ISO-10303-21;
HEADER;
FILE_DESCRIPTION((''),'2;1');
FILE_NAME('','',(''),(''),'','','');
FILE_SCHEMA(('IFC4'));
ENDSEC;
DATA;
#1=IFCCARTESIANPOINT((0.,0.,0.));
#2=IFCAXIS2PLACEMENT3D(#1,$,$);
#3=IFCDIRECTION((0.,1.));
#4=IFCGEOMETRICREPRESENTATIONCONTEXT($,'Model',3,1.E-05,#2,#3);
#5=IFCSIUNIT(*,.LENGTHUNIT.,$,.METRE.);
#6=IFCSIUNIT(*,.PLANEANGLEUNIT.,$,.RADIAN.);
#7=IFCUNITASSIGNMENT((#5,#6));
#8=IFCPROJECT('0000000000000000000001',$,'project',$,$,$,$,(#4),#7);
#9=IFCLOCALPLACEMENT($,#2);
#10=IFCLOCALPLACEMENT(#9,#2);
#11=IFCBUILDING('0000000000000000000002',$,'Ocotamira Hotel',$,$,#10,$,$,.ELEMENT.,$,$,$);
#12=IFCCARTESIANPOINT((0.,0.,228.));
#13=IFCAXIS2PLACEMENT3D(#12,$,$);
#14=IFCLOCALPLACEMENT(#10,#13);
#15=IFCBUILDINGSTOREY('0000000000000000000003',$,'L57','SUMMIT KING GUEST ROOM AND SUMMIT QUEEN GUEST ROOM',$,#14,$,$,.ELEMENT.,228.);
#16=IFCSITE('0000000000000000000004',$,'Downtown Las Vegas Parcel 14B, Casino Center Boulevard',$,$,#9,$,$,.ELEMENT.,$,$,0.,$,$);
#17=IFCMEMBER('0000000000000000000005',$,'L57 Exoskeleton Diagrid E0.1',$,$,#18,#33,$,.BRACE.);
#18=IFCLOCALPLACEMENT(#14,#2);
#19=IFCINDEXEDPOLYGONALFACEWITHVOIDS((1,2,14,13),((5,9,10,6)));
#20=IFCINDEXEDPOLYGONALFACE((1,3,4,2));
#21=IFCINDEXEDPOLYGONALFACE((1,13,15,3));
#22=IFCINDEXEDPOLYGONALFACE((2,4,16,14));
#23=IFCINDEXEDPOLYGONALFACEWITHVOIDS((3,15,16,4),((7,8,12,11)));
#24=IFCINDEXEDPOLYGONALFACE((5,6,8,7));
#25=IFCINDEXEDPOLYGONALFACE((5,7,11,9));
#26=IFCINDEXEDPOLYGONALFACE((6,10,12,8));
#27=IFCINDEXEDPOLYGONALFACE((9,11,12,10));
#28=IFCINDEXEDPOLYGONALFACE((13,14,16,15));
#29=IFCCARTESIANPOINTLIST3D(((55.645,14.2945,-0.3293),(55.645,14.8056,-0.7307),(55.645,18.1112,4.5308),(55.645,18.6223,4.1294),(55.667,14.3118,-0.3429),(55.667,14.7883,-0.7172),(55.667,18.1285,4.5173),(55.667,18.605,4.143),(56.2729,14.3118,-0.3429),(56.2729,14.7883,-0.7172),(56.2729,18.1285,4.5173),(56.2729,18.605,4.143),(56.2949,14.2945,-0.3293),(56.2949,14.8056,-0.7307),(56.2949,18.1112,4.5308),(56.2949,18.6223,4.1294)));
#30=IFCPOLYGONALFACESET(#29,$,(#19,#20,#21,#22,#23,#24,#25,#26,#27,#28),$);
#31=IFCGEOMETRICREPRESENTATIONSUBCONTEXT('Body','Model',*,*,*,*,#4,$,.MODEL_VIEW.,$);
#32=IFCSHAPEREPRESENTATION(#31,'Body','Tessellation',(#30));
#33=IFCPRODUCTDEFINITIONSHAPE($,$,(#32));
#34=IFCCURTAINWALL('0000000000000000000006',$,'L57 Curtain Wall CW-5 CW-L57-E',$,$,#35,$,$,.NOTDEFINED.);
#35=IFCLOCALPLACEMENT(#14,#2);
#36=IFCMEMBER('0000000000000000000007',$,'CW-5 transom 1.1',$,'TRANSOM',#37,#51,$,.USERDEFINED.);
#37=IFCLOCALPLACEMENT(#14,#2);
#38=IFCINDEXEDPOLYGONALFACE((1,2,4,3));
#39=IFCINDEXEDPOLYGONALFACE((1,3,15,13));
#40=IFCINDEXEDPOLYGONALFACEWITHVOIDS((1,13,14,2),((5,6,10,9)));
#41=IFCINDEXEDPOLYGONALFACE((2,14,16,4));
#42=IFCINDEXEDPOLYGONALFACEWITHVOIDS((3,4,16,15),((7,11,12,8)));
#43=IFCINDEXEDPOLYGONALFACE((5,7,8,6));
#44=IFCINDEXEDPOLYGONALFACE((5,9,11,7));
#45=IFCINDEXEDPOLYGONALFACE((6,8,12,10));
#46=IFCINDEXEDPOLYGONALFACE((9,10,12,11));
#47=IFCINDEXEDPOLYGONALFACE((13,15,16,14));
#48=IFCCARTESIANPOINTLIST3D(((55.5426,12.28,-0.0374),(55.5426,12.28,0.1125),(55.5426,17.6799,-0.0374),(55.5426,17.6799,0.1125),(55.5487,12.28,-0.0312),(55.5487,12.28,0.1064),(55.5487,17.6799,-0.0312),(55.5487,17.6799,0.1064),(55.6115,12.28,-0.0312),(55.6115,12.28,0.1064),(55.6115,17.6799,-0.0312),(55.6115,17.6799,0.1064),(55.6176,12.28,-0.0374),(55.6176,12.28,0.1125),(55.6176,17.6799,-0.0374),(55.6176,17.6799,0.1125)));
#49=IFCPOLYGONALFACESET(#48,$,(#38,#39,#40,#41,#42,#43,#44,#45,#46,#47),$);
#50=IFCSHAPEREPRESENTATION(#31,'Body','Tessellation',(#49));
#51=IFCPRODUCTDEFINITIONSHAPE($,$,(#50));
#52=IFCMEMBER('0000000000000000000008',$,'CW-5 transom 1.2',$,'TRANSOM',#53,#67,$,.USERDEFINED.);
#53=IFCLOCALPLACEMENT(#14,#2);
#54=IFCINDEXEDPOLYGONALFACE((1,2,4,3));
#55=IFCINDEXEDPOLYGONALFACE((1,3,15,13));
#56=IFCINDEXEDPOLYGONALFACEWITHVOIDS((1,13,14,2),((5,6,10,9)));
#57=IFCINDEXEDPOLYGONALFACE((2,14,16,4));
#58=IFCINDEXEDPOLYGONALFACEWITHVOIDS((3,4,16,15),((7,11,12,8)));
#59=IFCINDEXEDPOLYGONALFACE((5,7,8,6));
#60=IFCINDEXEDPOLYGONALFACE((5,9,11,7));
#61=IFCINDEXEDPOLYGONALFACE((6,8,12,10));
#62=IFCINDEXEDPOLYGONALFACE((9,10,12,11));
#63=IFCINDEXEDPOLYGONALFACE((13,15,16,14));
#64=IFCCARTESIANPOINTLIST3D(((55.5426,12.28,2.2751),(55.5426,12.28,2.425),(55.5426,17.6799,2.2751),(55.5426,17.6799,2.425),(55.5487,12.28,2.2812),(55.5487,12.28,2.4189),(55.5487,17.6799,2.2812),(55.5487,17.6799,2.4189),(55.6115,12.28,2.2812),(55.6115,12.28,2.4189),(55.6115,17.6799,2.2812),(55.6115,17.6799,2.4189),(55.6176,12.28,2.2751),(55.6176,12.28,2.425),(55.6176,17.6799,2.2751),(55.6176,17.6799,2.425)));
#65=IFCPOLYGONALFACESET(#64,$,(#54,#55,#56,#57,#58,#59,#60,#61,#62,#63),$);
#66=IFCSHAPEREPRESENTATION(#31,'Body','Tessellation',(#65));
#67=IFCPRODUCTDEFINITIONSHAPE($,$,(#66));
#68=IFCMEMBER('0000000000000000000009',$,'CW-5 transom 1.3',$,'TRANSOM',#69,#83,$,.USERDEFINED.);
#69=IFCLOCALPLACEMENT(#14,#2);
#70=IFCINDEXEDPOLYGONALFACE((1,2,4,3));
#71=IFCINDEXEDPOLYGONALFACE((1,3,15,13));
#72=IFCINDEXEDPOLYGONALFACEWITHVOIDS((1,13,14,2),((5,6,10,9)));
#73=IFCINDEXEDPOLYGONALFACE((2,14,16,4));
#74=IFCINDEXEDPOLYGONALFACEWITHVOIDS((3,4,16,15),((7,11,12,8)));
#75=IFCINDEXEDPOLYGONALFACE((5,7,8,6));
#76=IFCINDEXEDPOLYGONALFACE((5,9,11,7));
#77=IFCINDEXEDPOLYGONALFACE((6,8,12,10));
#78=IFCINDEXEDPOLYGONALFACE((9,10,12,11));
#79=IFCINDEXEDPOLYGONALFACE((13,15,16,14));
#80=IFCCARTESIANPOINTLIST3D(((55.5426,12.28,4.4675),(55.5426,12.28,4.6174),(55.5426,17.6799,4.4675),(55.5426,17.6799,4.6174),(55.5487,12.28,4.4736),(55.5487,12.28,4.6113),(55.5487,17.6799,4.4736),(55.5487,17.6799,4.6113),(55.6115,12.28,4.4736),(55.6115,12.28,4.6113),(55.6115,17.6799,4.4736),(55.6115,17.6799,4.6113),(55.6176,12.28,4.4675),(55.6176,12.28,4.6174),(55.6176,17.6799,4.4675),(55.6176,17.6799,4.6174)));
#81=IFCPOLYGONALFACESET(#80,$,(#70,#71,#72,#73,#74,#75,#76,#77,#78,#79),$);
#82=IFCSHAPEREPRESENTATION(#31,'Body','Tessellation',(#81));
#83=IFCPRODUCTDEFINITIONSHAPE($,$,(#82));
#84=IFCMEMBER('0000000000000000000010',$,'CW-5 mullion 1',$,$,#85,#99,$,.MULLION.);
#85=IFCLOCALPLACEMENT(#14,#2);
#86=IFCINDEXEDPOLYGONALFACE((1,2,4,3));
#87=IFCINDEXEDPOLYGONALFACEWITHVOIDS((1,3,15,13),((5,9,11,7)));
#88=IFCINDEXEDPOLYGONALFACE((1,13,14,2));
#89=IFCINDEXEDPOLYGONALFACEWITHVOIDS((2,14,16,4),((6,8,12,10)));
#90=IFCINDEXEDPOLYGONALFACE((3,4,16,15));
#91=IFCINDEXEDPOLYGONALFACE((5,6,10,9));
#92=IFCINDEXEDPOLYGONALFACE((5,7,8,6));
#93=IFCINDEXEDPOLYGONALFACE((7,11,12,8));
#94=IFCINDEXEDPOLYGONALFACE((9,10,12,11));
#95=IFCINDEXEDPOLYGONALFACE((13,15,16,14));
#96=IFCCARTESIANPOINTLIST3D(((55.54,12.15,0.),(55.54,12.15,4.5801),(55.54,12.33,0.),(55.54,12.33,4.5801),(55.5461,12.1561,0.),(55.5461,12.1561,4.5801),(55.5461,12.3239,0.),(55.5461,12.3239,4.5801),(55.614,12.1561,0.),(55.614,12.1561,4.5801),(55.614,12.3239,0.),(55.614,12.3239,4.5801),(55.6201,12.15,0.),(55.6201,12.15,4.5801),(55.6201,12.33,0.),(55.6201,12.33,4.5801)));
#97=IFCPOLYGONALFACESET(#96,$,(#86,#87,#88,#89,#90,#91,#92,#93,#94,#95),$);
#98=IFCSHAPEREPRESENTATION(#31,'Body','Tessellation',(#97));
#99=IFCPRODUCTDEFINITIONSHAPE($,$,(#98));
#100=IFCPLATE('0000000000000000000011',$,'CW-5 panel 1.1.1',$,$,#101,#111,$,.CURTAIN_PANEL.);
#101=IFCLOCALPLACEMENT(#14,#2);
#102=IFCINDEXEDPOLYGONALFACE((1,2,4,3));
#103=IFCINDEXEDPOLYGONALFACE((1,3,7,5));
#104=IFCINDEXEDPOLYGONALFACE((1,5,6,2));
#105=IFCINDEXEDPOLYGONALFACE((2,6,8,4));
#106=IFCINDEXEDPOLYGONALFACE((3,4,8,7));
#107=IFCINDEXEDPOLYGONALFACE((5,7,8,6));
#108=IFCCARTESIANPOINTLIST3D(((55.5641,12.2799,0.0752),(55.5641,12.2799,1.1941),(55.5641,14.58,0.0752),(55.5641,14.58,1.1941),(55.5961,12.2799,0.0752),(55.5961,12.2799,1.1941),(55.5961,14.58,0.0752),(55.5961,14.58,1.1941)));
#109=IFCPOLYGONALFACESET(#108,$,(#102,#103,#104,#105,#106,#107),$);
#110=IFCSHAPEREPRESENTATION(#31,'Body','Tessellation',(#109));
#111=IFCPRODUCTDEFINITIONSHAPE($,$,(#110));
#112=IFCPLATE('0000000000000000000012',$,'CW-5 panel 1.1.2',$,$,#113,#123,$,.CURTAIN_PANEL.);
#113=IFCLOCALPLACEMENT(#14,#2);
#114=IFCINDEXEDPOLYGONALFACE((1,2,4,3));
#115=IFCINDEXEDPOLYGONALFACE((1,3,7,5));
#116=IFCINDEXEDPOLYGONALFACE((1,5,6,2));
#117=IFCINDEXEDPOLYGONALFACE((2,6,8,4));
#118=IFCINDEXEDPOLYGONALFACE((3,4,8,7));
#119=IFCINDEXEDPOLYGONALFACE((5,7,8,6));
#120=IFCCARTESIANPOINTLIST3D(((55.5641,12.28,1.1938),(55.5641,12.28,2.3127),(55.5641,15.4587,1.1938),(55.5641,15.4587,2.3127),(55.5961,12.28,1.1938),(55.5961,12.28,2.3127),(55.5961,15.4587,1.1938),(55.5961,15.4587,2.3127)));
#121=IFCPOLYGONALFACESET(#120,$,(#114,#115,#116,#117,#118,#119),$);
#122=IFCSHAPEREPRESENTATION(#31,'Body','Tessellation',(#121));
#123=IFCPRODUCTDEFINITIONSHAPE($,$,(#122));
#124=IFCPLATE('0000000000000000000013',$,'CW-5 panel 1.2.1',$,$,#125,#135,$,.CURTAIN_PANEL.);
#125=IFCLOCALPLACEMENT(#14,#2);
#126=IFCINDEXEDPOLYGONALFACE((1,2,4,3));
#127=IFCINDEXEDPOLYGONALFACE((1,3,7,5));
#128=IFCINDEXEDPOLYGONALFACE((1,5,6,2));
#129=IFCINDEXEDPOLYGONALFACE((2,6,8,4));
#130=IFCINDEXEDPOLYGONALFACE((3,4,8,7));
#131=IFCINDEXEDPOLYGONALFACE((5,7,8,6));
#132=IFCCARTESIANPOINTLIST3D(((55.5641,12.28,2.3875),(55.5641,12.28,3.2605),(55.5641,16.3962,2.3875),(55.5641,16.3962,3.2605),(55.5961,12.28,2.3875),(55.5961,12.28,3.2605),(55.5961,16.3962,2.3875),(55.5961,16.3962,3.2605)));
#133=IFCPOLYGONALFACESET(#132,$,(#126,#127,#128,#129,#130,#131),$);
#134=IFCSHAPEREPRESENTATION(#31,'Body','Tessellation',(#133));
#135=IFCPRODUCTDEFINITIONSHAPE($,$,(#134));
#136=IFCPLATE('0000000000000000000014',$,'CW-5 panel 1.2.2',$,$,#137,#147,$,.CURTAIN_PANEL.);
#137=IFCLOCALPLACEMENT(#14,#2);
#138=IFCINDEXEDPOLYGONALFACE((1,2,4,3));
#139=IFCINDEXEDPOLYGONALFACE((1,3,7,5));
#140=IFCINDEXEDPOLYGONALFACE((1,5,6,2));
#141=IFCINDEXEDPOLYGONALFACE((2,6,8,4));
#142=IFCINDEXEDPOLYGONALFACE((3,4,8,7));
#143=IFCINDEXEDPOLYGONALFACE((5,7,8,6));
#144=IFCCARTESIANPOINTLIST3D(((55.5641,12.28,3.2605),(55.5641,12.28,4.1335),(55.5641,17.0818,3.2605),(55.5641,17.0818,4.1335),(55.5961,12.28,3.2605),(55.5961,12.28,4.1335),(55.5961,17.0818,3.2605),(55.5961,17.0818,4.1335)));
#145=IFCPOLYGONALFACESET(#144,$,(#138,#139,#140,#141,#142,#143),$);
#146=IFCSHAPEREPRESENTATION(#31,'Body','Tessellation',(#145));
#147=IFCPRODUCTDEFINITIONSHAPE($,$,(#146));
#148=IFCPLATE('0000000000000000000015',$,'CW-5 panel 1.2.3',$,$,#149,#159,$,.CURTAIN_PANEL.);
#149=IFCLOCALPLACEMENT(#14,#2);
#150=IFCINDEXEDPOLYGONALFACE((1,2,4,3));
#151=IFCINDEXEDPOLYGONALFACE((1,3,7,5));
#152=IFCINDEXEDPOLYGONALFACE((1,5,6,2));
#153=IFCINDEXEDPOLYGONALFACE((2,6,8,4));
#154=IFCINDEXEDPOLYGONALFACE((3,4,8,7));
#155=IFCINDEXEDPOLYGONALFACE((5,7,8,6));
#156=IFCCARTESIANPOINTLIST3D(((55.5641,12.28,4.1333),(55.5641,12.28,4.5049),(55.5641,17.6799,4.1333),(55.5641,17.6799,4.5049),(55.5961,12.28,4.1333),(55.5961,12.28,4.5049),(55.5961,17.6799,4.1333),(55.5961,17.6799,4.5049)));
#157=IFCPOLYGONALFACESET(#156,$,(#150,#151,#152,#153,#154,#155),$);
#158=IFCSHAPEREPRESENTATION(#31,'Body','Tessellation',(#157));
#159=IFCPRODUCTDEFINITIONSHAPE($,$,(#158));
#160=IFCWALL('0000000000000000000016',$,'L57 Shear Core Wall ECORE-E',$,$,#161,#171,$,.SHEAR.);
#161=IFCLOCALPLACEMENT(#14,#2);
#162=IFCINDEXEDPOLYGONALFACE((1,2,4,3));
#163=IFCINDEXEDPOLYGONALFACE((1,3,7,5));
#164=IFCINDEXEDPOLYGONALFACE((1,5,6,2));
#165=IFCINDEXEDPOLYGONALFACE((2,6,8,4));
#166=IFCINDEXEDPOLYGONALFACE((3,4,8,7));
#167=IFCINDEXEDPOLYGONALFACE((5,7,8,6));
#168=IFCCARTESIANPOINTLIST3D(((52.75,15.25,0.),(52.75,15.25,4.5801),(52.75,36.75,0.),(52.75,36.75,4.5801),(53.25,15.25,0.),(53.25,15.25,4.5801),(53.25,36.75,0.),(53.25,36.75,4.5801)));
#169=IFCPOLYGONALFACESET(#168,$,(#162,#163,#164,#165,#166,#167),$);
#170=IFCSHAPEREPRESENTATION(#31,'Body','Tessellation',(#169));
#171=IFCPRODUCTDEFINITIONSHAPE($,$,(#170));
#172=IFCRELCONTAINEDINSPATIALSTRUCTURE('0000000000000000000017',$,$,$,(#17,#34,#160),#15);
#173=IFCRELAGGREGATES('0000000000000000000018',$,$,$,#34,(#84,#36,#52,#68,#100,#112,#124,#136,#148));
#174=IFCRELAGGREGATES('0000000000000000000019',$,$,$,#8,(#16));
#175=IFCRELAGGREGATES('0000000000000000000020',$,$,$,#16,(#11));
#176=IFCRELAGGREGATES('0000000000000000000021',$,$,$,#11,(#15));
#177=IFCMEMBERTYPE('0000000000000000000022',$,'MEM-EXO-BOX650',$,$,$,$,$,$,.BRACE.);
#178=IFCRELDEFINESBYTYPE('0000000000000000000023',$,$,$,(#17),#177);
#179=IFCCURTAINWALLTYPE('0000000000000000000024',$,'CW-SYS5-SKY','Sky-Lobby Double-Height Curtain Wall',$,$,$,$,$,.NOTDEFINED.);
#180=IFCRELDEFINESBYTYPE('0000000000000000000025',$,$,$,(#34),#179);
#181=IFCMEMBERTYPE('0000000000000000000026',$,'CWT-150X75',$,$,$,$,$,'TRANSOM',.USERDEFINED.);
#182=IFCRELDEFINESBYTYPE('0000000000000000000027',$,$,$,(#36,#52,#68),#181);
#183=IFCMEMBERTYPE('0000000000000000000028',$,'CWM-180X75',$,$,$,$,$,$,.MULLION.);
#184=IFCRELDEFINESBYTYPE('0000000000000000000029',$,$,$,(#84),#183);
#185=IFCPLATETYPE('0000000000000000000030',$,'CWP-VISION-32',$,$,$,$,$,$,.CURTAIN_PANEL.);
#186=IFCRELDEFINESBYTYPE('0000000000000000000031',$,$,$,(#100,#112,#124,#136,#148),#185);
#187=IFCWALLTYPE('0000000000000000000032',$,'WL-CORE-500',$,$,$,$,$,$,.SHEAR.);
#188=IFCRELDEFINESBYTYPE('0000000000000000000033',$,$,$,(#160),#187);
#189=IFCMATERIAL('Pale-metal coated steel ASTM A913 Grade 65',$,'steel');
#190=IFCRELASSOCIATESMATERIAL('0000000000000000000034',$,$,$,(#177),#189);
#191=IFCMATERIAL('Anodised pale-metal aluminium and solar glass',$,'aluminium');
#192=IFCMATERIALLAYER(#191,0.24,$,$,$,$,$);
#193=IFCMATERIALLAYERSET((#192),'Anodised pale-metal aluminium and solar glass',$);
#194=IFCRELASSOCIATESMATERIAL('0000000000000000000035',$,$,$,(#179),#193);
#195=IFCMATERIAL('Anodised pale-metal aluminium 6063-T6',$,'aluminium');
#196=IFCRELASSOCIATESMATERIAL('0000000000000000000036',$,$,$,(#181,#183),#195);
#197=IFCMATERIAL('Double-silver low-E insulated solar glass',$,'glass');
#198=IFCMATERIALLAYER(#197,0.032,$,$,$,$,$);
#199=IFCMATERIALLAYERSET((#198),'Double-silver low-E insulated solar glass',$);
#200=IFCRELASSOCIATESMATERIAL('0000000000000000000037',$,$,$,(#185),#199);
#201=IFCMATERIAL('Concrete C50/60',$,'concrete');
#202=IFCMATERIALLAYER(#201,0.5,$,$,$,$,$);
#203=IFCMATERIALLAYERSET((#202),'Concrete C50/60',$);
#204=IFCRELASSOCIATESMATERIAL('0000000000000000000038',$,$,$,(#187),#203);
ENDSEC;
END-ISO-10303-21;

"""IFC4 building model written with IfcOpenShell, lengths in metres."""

from ifc_helpers import new_model, si_unit, direction, frame, frame_2d, origin, origin_2d, place, context, subcontext, project, spatial, rectangle, hollow_rectangle, extrude, source, transform, mapped, material, layer, layer_set, material_profile, profile_set, type_object, element, aggregate, save


model = new_model("IFC4")

# Units and contexts
model_context = context("Model", 3, precision=1e-05, world=origin(), true_north=direction((0.0, 1.0)))
body_context = subcontext(model_context, "Body", "Model", "MODEL_VIEW")
ifc_project = project(units=[si_unit("LENGTHUNIT", "METRE"), si_unit("PLANEANGLEUNIT", "RADIAN")], contexts=[model_context])

# Site, building, storey
site_placement = place(None, origin())
site = spatial("IfcSite", under=ifc_project, at=site_placement, Name="Downtown Las Vegas Parcel 14B, Casino Center Boulevard", CompositionType="ELEMENT", RefElevation=0.0)
building_placement = place(site_placement, origin())
building = spatial("IfcBuilding", under=site, at=building_placement, Name="Ocotamira Hotel", CompositionType="ELEMENT")
storey_placement = place(building_placement, frame((0.0, 0.0, 228.0)))
storey = spatial("IfcBuildingStorey", under=building, at=storey_placement, Name="L57", Description="SUMMIT KING GUEST ROOM AND SUMMIT QUEEN GUEST ROOM", CompositionType="ELEMENT", Elevation=228.0)

# Member
ifc_material_1 = material(Name="Pale-metal coated steel ASTM A913 Grade 65", Category="steel")
ifc_material_profile_1 = material_profile(ifc_material_1, hollow_rectangle(XDim=0.6499, YDim=0.6499, WallThickness=0.022, at=origin_2d()), Name="BOX650X650X22")
ifc_profile_set_1 = profile_set([ifc_material_profile_1], Name="Pale-metal coated steel ASTM A913 Grade 65")
member_type_1 = type_object("IfcMemberType", Name="MEM-EXO-BOX650", PredefinedType="BRACE", material=ifc_profile_set_1)
shared_shape_1 = source(origin(), body_context, "Body", "SweptSolid", [
    extrude(hollow_rectangle(XDim=0.6499, YDim=0.6499, WallThickness=0.022, at=origin_2d()), origin(), (0.0, 0.0, 1.0), 6.1797),
])
member_1_placement = place(storey_placement, frame((55.97, 14.55, -0.53), z_axis=(0.0, 0.617621, 0.786476), x_axis=(-1.0, 0.0, 0.0)))
element("IfcMember", 1, at=member_1_placement, inside=storey, type_object=member_type_1, Name="L57 Exoskeleton Diagrid E0.1", PredefinedType="BRACE", context=body_context, shape_type="MappedRepresentation", body=[
    mapped(shared_shape_1, transform((0.0, 0.0, 0.0), scale=1.0)),
])

# Curtain wall, members, plates
ifc_material_2 = material(Name="Anodised pale-metal aluminium and solar glass", Category="aluminium")
ifc_layer_1 = layer(ifc_material_2, 0.24)
ifc_layer_set_1 = layer_set([ifc_layer_1], Name="Anodised pale-metal aluminium and solar glass")
curtain_wall_type = type_object("IfcCurtainWallType", Name="CW-SYS5-SKY", Description="Sky-Lobby Double-Height Curtain Wall", PredefinedType="NOTDEFINED", material=ifc_layer_set_1)
curtain_wall_placement = place(storey_placement, origin())
curtain_wall = element("IfcCurtainWall", 2, at=curtain_wall_placement, inside=storey, type_object=curtain_wall_type, Name="L57 Curtain Wall CW-5 CW-L57-E", PredefinedType="NOTDEFINED")
ifc_material_3 = material(Name="Anodised pale-metal aluminium 6063-T6", Category="aluminium")
ifc_material_profile_2 = material_profile(ifc_material_3, hollow_rectangle(XDim=0.075, YDim=0.1499, WallThickness=0.0061, at=origin_2d()), Name="HSS150X75X6")
ifc_profile_set_2 = profile_set([ifc_material_profile_2], Name="Anodised pale-metal aluminium 6063-T6")
member_type_2 = type_object("IfcMemberType", Name="CWT-150X75", ElementType="TRANSOM", PredefinedType="USERDEFINED", material=ifc_profile_set_2)
shared_shape_2 = source(origin(), body_context, "Body", "SweptSolid", [
    extrude(hollow_rectangle(XDim=0.075, YDim=0.1499, WallThickness=0.0061, at=origin_2d()), origin(), (0.0, 0.0, 1.0), 5.3999),
])
member_2_placement = place(storey_placement, frame((55.5801, 12.28, 0.0376), z_axis=(0.0, 1.0, 0.0), x_axis=(-1.0, 0.0, 0.0)))
member_2 = element("IfcMember", 3, at=member_2_placement, type_object=member_type_2, Name="CW-5 transom 1.1", ObjectType="TRANSOM", PredefinedType="USERDEFINED", context=body_context, shape_type="MappedRepresentation", body=[
    mapped(shared_shape_2, transform((0.0, 0.0, 0.0), scale=1.0)),
])
member_3_placement = place(storey_placement, frame((55.5801, 12.28, 2.3501), z_axis=(0.0, 1.0, 0.0), x_axis=(-1.0, 0.0, 0.0)))
member_3 = element("IfcMember", 4, at=member_3_placement, type_object=member_type_2, Name="CW-5 transom 1.2", ObjectType="TRANSOM", PredefinedType="USERDEFINED", context=body_context, shape_type="MappedRepresentation", body=[
    mapped(shared_shape_2, transform((0.0, 0.0, 0.0), scale=1.0)),
])
member_4_placement = place(storey_placement, frame((55.5801, 12.28, 4.5425), z_axis=(0.0, 1.0, 0.0), x_axis=(-1.0, 0.0, 0.0)))
member_4 = element("IfcMember", 5, at=member_4_placement, type_object=member_type_2, Name="CW-5 transom 1.3", ObjectType="TRANSOM", PredefinedType="USERDEFINED", context=body_context, shape_type="MappedRepresentation", body=[
    mapped(shared_shape_2, transform((0.0, 0.0, 0.0), scale=1.0)),
])
ifc_material_profile_3 = material_profile(ifc_material_3, hollow_rectangle(XDim=0.0801, YDim=0.1799, WallThickness=0.0061, at=origin_2d()), Name="HSS180X80X6")
ifc_profile_set_3 = profile_set([ifc_material_profile_3], Name="Anodised pale-metal aluminium 6063-T6")
member_type_3 = type_object("IfcMemberType", Name="CWM-180X75", PredefinedType="MULLION", material=ifc_profile_set_3)
shared_shape_3 = source(origin(), body_context, "Body", "SweptSolid", [
    extrude(hollow_rectangle(XDim=0.0801, YDim=0.1799, WallThickness=0.0061, at=origin_2d()), origin(), (0.0, 0.0, 1.0), 4.5801),
])
member_5_placement = place(storey_placement, frame((55.5801, 12.24, 0.0), z_axis=(0.0, 0.0, 1.0), x_axis=(-1.0, 0.0, 0.0)))
member_5 = element("IfcMember", 6, at=member_5_placement, type_object=member_type_3, Name="CW-5 mullion 1", PredefinedType="MULLION", context=body_context, shape_type="MappedRepresentation", body=[
    mapped(shared_shape_3, transform((0.0, 0.0, 0.0), scale=1.0)),
])
ifc_material_4 = material(Name="Double-silver low-E insulated solar glass", Category="glass")
ifc_layer_2 = layer(ifc_material_4, 0.032)
ifc_layer_set_2 = layer_set([ifc_layer_2], Name="Double-silver low-E insulated solar glass")
plate_type = type_object("IfcPlateType", Name="CWP-VISION-32", PredefinedType="CURTAIN_PANEL", material=ifc_layer_set_2)
shared_shape_4 = source(origin(), body_context, "Body", "SweptSolid", [
    extrude(rectangle(XDim=2.3, YDim=0.032, at=origin_2d()), origin(), (0.0, 0.0, 1.0), 1.1189),
])
plate_1_placement = place(storey_placement, frame((55.5801, 13.4299, 0.0752), z_axis=(0.0, 0.0, 1.0), x_axis=(0.0, 1.0, 0.0)))
plate_1 = element("IfcPlate", 7, at=plate_1_placement, type_object=plate_type, Name="CW-5 panel 1.1.1", PredefinedType="CURTAIN_PANEL", context=body_context, shape_type="MappedRepresentation", body=[
    mapped(shared_shape_4, transform((0.0, 0.0, 0.0), scale=1.0)),
])
shared_shape_5 = source(origin(), body_context, "Body", "SweptSolid", [
    extrude(rectangle(XDim=3.1787, YDim=0.032, at=origin_2d()), origin(), (0.0, 0.0, 1.0), 1.1189),
])
plate_2_placement = place(storey_placement, frame((55.5801, 13.8694, 1.1938), z_axis=(0.0, 0.0, 1.0), x_axis=(0.0, 1.0, 0.0)))
plate_2 = element("IfcPlate", 8, at=plate_2_placement, type_object=plate_type, Name="CW-5 panel 1.1.2", PredefinedType="CURTAIN_PANEL", context=body_context, shape_type="MappedRepresentation", body=[
    mapped(shared_shape_5, transform((0.0, 0.0, 0.0), scale=1.0)),
])
shared_shape_6 = source(origin(), body_context, "Body", "SweptSolid", [
    extrude(rectangle(XDim=4.1162, YDim=0.032, at=origin_2d()), origin(), (0.0, 0.0, 1.0), 0.873),
])
plate_3_placement = place(storey_placement, frame((55.5801, 14.3381, 2.3875), z_axis=(0.0, 0.0, 1.0), x_axis=(0.0, 1.0, 0.0)))
plate_3 = element("IfcPlate", 9, at=plate_3_placement, type_object=plate_type, Name="CW-5 panel 1.2.1", PredefinedType="CURTAIN_PANEL", context=body_context, shape_type="MappedRepresentation", body=[
    mapped(shared_shape_6, transform((0.0, 0.0, 0.0), scale=1.0)),
])
shared_shape_7 = source(origin(), body_context, "Body", "SweptSolid", [
    extrude(rectangle(XDim=4.8018, YDim=0.032, at=origin_2d()), origin(), (0.0, 0.0, 1.0), 0.873),
])
plate_4_placement = place(storey_placement, frame((55.5801, 14.6809, 3.2605), z_axis=(0.0, 0.0, 1.0), x_axis=(0.0, 1.0, 0.0)))
plate_4 = element("IfcPlate", 10, at=plate_4_placement, type_object=plate_type, Name="CW-5 panel 1.2.2", PredefinedType="CURTAIN_PANEL", context=body_context, shape_type="MappedRepresentation", body=[
    mapped(shared_shape_7, transform((0.0, 0.0, 0.0), scale=1.0)),
])
shared_shape_8 = source(origin(), body_context, "Body", "SweptSolid", [
    extrude(rectangle(XDim=5.3999, YDim=0.032, at=origin_2d()), origin(), (0.0, 0.0, 1.0), 0.3716),
])
plate_5_placement = place(storey_placement, frame((55.5801, 14.98, 4.1333), z_axis=(0.0, 0.0, 1.0), x_axis=(0.0, 1.0, 0.0)))
plate_5 = element("IfcPlate", 11, at=plate_5_placement, type_object=plate_type, Name="CW-5 panel 1.2.3", PredefinedType="CURTAIN_PANEL", context=body_context, shape_type="MappedRepresentation", body=[
    mapped(shared_shape_8, transform((0.0, 0.0, 0.0), scale=1.0)),
])
aggregate(curtain_wall, [member_5, member_2, member_3, member_4, plate_1, plate_2, plate_3, plate_4, plate_5])

# Wall
ifc_material_5 = material(Name="Concrete C50/60", Category="concrete")
ifc_layer_3 = layer(ifc_material_5, 0.5)
ifc_layer_set_3 = layer_set([ifc_layer_3], Name="Concrete C50/60")
wall_type_1 = type_object("IfcWallType", Name="WL-CORE-500", PredefinedType="SHEAR", material=ifc_layer_set_3)
wall_1_placement = place(storey_placement, frame((53.0, 15.25, 0.0), z_axis=(0.0, 0.0, 1.0), x_axis=(0.0, 1.0, 0.0)))
element("IfcWall", 12, at=wall_1_placement, inside=storey, type_object=wall_type_1, Name="L57 Shear Core Wall ECORE-E", PredefinedType="SHEAR", context=body_context, shape_type="SweptSolid", body=[
    extrude(rectangle(XDim=21.5, YDim=0.5, at=frame_2d((10.75, 0.0))), origin(), (0.0, 0.0, 1.0), 4.5801),
])

save(model, "model.ifc")
